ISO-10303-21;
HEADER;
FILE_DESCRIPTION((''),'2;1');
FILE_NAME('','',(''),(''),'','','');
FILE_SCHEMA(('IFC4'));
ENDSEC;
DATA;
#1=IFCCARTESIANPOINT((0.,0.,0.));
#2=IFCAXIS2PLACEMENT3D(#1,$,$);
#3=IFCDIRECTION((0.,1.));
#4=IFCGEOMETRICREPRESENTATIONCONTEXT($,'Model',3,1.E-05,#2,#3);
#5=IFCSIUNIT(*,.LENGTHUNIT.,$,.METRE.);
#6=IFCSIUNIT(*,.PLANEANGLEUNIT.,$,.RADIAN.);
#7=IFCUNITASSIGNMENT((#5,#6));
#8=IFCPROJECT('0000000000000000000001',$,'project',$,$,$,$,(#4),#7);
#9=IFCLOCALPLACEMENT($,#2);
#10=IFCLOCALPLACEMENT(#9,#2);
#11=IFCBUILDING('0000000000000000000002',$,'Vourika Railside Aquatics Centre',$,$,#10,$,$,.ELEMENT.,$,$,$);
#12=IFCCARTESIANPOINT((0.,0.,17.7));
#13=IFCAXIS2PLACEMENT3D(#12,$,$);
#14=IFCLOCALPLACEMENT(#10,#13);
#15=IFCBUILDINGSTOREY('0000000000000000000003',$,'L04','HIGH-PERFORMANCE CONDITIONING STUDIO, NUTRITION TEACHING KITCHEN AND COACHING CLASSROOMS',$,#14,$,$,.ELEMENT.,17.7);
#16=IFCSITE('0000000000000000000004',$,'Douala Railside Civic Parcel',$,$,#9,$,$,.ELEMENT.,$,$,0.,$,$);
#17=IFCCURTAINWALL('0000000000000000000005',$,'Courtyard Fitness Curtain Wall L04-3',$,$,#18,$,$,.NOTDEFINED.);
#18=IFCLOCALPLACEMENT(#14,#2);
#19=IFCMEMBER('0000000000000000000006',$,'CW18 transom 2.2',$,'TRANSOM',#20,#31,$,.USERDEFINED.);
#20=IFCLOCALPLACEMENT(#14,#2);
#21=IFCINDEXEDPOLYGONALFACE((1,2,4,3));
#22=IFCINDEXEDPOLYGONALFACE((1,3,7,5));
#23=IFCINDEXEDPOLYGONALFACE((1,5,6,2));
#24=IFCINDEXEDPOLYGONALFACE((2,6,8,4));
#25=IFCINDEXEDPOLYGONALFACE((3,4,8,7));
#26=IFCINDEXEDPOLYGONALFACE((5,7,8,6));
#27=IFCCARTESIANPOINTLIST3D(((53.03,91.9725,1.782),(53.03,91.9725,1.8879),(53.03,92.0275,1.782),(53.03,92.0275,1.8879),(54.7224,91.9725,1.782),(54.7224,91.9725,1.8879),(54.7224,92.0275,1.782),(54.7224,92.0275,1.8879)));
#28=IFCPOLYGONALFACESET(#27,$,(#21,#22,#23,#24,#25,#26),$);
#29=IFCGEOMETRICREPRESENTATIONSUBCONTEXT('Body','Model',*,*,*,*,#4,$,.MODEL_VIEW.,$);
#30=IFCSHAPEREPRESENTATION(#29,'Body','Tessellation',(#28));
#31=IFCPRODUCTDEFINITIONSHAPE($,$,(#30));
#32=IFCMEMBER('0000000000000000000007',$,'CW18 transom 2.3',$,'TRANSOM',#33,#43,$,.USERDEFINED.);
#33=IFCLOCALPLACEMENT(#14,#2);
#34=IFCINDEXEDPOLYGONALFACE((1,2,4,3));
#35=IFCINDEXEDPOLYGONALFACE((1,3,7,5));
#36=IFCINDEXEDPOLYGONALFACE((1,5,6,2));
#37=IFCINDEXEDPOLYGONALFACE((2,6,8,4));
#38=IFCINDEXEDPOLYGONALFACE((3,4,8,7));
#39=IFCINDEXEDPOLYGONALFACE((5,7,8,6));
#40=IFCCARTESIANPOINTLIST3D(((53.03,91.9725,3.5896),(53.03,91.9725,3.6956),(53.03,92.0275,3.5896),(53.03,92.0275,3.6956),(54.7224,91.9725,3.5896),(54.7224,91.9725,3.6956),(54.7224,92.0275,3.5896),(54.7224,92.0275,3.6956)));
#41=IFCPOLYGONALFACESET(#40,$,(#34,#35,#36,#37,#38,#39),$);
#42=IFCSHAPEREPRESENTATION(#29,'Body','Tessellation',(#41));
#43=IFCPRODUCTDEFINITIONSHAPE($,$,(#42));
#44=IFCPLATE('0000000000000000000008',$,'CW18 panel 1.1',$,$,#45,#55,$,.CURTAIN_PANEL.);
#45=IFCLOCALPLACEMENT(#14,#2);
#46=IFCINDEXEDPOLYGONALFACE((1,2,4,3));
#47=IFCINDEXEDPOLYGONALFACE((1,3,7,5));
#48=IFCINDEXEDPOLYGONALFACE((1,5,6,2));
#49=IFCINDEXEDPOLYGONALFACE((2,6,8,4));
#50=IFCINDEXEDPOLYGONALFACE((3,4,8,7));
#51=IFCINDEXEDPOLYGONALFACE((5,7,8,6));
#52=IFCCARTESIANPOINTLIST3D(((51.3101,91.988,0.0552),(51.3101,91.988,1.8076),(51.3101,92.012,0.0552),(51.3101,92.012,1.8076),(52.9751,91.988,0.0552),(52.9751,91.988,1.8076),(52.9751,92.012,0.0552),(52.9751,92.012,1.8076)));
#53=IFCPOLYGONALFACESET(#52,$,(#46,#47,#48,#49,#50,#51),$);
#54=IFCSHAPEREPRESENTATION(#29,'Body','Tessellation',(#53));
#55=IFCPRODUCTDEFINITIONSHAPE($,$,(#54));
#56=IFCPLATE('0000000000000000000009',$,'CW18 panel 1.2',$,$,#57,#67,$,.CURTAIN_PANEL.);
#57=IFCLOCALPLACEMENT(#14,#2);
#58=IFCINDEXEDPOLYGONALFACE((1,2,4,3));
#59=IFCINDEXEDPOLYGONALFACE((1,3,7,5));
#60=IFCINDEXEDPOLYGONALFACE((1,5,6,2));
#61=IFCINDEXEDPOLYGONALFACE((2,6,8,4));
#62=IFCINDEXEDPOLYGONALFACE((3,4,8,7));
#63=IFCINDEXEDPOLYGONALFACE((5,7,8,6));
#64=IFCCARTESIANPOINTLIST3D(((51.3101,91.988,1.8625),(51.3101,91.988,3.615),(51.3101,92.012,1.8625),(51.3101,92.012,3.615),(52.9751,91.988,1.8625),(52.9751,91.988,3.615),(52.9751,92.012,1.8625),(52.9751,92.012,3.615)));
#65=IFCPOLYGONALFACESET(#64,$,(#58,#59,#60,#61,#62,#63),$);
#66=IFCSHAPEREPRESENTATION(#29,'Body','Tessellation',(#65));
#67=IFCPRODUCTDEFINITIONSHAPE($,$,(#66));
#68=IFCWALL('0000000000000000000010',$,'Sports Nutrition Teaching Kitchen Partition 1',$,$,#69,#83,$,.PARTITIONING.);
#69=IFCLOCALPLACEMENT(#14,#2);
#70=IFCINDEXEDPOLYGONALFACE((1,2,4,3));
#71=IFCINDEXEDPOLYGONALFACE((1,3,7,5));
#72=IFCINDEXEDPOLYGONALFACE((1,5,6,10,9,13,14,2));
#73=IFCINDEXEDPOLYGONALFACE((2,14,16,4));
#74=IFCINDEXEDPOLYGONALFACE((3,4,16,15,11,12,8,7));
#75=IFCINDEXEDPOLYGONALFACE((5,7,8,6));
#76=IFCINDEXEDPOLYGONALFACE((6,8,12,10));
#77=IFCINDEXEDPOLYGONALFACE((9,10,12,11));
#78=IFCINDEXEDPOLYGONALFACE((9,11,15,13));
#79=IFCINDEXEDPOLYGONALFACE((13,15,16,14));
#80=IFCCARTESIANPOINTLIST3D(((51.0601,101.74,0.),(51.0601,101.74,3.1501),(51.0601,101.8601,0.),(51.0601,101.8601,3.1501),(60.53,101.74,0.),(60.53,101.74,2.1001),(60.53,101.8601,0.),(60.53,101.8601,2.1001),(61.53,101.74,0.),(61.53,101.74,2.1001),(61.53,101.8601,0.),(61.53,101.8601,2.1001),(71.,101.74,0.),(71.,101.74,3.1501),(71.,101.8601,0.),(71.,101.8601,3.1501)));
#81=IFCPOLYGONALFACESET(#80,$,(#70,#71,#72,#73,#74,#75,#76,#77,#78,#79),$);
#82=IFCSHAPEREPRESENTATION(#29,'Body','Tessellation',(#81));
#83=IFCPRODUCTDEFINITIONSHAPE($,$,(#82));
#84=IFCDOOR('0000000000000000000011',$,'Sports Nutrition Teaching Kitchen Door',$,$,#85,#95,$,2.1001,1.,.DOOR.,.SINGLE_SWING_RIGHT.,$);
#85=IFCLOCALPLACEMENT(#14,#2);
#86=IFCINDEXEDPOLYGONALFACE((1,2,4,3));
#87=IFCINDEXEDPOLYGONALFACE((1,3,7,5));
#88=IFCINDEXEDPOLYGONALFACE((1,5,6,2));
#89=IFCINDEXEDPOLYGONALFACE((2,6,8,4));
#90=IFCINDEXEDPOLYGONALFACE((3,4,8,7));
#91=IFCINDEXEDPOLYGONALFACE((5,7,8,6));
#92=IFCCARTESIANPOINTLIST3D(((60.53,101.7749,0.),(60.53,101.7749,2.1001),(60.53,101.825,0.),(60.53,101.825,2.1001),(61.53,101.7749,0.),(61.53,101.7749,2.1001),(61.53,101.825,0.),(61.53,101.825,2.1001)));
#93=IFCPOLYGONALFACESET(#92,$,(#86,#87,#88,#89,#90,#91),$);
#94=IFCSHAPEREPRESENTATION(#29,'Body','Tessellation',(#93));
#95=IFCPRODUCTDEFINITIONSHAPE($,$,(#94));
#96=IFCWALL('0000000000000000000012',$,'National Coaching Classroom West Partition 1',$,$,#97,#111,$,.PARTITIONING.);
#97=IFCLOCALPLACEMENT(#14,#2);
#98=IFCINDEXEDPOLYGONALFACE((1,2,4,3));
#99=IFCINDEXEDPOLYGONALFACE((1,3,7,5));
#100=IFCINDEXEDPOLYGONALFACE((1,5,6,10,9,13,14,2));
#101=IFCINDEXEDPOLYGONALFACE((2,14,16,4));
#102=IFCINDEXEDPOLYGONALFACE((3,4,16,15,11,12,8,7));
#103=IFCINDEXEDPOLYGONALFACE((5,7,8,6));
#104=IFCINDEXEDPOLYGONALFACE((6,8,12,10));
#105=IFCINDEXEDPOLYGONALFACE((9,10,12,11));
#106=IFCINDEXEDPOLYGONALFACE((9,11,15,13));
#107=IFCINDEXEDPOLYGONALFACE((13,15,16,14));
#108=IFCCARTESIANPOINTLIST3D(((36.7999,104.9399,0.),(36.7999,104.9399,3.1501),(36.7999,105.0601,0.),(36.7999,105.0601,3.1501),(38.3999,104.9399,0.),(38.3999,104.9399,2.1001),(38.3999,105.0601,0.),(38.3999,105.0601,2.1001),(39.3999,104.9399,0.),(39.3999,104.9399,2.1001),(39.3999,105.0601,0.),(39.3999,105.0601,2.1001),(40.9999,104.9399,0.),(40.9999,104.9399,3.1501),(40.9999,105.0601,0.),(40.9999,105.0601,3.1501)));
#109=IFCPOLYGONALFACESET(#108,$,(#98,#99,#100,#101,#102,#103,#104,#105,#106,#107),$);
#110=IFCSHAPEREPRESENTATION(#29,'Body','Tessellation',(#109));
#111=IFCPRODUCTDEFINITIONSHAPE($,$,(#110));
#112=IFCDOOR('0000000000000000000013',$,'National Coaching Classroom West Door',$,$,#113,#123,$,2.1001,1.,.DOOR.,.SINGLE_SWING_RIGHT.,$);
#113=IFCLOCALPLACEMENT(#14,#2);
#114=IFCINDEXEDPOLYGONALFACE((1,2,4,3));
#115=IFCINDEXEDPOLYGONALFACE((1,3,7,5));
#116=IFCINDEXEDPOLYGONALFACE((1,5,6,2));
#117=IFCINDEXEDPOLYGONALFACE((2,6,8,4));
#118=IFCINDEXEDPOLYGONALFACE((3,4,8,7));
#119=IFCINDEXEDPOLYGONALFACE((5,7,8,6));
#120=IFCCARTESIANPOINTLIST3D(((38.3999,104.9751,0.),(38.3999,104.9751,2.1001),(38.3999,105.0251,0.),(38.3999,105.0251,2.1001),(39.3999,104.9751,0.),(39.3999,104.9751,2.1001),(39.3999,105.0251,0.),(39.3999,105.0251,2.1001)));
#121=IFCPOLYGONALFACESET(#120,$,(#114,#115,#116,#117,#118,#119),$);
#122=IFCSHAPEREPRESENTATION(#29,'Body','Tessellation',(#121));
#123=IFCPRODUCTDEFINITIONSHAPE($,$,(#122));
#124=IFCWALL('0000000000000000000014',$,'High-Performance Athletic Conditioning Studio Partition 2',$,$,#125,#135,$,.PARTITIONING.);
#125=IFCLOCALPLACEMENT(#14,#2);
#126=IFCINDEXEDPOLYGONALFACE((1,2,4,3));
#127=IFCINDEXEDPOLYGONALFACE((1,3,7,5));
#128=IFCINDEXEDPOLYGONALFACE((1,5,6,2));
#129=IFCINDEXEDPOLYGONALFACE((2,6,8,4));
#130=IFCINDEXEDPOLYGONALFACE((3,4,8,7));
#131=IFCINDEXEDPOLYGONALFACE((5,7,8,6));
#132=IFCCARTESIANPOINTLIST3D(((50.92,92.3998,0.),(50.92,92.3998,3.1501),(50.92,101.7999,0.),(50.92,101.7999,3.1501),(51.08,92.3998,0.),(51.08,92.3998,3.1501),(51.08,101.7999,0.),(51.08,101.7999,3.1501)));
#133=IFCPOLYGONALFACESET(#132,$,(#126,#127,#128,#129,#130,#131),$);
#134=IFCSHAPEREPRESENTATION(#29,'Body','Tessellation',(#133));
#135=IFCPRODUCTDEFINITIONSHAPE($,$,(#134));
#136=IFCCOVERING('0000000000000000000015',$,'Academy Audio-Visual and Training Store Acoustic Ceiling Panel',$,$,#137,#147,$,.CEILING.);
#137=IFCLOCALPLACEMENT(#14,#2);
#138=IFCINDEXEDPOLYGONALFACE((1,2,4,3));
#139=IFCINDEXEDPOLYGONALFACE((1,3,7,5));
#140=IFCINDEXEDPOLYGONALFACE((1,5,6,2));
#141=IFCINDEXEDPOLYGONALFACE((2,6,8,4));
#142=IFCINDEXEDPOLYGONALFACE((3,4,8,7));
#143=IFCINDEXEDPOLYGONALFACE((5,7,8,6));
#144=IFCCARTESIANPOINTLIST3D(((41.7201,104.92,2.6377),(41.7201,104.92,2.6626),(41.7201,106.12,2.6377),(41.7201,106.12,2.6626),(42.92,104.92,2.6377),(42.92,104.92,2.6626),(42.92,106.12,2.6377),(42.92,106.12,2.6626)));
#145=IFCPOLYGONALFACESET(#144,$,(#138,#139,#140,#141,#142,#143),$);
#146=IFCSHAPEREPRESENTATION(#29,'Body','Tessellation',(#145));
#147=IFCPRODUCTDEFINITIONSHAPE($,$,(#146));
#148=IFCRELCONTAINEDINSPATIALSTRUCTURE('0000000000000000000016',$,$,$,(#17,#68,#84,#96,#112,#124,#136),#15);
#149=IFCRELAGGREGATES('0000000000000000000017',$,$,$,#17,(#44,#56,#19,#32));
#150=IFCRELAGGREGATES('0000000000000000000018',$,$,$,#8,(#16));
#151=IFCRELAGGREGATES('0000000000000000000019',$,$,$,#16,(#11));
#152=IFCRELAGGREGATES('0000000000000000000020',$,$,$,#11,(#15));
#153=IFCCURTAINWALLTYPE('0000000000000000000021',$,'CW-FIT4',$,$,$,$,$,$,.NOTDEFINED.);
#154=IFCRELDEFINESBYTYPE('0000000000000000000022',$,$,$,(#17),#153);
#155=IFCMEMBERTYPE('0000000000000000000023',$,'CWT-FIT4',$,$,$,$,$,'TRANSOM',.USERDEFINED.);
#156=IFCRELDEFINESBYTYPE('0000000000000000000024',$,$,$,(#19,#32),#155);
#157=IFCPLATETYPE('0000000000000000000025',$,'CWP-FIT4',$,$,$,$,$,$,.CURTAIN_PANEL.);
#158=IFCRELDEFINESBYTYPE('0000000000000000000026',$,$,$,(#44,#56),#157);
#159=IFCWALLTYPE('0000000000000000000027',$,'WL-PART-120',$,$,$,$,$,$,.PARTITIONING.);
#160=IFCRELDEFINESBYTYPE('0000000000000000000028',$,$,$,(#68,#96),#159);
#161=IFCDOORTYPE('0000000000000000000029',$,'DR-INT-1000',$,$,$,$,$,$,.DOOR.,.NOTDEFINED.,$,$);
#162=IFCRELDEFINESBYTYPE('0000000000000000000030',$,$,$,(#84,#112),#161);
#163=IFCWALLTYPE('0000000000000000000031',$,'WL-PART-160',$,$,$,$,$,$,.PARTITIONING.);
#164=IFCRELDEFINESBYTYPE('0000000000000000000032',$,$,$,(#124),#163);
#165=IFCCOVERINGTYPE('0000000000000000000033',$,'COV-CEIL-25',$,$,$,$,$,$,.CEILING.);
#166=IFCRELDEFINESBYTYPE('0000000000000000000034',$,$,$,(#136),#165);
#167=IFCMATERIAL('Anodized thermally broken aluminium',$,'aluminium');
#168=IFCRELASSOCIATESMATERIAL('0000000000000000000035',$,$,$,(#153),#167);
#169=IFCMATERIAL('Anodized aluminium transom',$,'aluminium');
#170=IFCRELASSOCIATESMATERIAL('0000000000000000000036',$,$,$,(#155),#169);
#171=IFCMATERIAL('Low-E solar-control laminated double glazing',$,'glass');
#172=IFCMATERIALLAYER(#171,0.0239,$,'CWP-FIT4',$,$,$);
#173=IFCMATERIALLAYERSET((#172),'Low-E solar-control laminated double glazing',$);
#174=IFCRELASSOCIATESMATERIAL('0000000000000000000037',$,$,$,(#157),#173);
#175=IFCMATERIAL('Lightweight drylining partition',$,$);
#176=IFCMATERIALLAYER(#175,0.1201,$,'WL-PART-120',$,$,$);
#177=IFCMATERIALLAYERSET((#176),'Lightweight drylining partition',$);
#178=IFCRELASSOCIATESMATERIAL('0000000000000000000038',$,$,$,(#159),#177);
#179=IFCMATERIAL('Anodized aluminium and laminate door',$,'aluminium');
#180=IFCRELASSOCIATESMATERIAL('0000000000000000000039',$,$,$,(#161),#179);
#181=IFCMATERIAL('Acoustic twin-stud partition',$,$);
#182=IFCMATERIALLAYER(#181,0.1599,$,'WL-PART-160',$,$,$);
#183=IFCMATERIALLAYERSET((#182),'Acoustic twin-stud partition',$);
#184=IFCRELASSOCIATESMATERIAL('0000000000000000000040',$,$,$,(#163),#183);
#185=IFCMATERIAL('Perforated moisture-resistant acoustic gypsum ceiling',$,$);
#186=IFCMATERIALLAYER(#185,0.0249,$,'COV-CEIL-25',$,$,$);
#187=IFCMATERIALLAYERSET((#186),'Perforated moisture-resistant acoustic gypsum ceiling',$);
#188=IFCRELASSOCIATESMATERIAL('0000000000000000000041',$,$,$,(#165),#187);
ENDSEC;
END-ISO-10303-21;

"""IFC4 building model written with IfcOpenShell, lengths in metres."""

from ifc_helpers import new_model, si_unit, direction, frame, frame_2d, origin, origin_2d, place, context, subcontext, project, spatial, rectangle, extrude, material, layer, layer_set, material_profile, profile_set, type_object, element, fill, aggregate, save


model = new_model("IFC4")

# Units and contexts
model_context = context("Model", 3, precision=1e-05, world=origin(), true_north=direction((0.0, 1.0)))
body_context = subcontext(model_context, "Body", "Model", "MODEL_VIEW")
ifc_project = project(units=[si_unit("LENGTHUNIT", "METRE"), si_unit("PLANEANGLEUNIT", "RADIAN")], contexts=[model_context])

# Site, building, storey
site_placement = place(None, origin())
site = spatial("IfcSite", under=ifc_project, at=site_placement, Name="Douala Railside Civic Parcel", CompositionType="ELEMENT", RefElevation=0.0)
building_placement = place(site_placement, origin())
building = spatial("IfcBuilding", under=site, at=building_placement, Name="Vourika Railside Aquatics Centre", CompositionType="ELEMENT")
storey_placement = place(building_placement, frame((0.0, 0.0, 17.7)))
storey = spatial("IfcBuildingStorey", under=building, at=storey_placement, Name="L04", Description="HIGH-PERFORMANCE CONDITIONING STUDIO, NUTRITION TEACHING KITCHEN AND COACHING CLASSROOMS", CompositionType="ELEMENT", Elevation=17.7)

# Curtain wall, members, plates
ifc_material_1 = material(Name="Anodized thermally broken aluminium", Category="aluminium")
curtain_wall_type = type_object("IfcCurtainWallType", Name="CW-FIT4", PredefinedType="NOTDEFINED", material=ifc_material_1)
curtain_wall_placement = place(storey_placement, origin())
curtain_wall = element("IfcCurtainWall", 1, at=curtain_wall_placement, inside=storey, type_object=curtain_wall_type, Name="Courtyard Fitness Curtain Wall L04-3", PredefinedType="NOTDEFINED")
ifc_material_2 = material(Name="Anodized aluminium transom", Category="aluminium")
ifc_material_profile_1 = material_profile(ifc_material_2, rectangle(XDim=0.0549, YDim=0.106, at=origin_2d()), Name="ALU-T 55x106")
ifc_profile_set_1 = profile_set([ifc_material_profile_1], Name="Anodized aluminium transom")
member_type_1 = type_object("IfcMemberType", Name="CWT-FIT4", ElementType="TRANSOM", PredefinedType="USERDEFINED", material=ifc_profile_set_1)
member_1_placement = place(storey_placement, frame((53.03, 92.0, 1.835), z_axis=(1.0, 0.0, 0.0), x_axis=(0.0, 1.0, 0.0)))
member_1 = element("IfcMember", 2, at=member_1_placement, type_object=member_type_1, Name="CW18 transom 2.2", ObjectType="TRANSOM", PredefinedType="USERDEFINED", context=body_context, shape_type="SweptSolid", body=[
    extrude(rectangle(XDim=0.0549, YDim=0.106, at=origin_2d()), origin(), (0.0, 0.0, 1.0), 1.6924),
])
member_2_placement = place(storey_placement, frame((53.03, 92.0, 3.6426), z_axis=(1.0, 0.0, 0.0), x_axis=(0.0, 1.0, 0.0)))
member_2 = element("IfcMember", 3, at=member_2_placement, type_object=member_type_1, Name="CW18 transom 2.3", ObjectType="TRANSOM", PredefinedType="USERDEFINED", context=body_context, shape_type="SweptSolid", body=[
    extrude(rectangle(XDim=0.0549, YDim=0.106, at=origin_2d()), origin(), (0.0, 0.0, 1.0), 1.6924),
])
ifc_material_3 = material(Name="Low-E solar-control laminated double glazing", Category="glass")
ifc_layer_1 = layer(ifc_material_3, 0.0239, Name="CWP-FIT4")
ifc_layer_set_1 = layer_set([ifc_layer_1], Name="Low-E solar-control laminated double glazing")
plate_type = type_object("IfcPlateType", Name="CWP-FIT4", PredefinedType="CURTAIN_PANEL", material=ifc_layer_set_1)
plate_1_placement = place(storey_placement, frame((52.1426, 92.0, 0.0552), z_axis=(0.0, 0.0, 1.0), x_axis=(1.0, 0.0, 0.0)))
plate_1 = element("IfcPlate", 4, at=plate_1_placement, type_object=plate_type, Name="CW18 panel 1.1", PredefinedType="CURTAIN_PANEL", context=body_context, shape_type="SweptSolid", body=[
    extrude(rectangle(XDim=1.665, YDim=0.0239, at=origin_2d()), origin(), (0.0, 0.0, 1.0), 1.7524),
])
plate_2_placement = place(storey_placement, frame((52.1426, 92.0, 1.8625), z_axis=(0.0, 0.0, 1.0), x_axis=(1.0, 0.0, 0.0)))
plate_2 = element("IfcPlate", 5, at=plate_2_placement, type_object=plate_type, Name="CW18 panel 1.2", PredefinedType="CURTAIN_PANEL", context=body_context, shape_type="SweptSolid", body=[
    extrude(rectangle(XDim=1.665, YDim=0.0239, at=origin_2d()), origin(), (0.0, 0.0, 1.0), 1.7524),
])
aggregate(curtain_wall, [plate_1, plate_2, member_1, member_2])

# Walls, openings, doors
ifc_material_4 = material(Name="Lightweight drylining partition")
ifc_layer_2 = layer(ifc_material_4, 0.1201, Name="WL-PART-120")
ifc_layer_set_2 = layer_set([ifc_layer_2], Name="Lightweight drylining partition")
wall_type_1 = type_object("IfcWallType", Name="WL-PART-120", PredefinedType="PARTITIONING", material=ifc_layer_set_2)
wall_1_placement = place(storey_placement, frame((51.0601, 101.8, 0.0), z_axis=(0.0, 0.0, 1.0), x_axis=(1.0, 0.0, 0.0)))
wall_1 = element("IfcWall", 6, at=wall_1_placement, inside=storey, type_object=wall_type_1, Name="Sports Nutrition Teaching Kitchen Partition 1", PredefinedType="PARTITIONING", context=body_context, shape_type="SweptSolid", body=[
    extrude(rectangle(XDim=19.9399, YDim=0.1201, at=frame_2d((9.97, 0.0))), origin(), (0.0, 0.0, 1.0), 3.1501),
])
opening_1_placement = place(wall_1_placement, frame((9.47, 0.0, 0.0)))
opening_1 = element("IfcOpeningElement", 7, at=opening_1_placement, cuts=wall_1, PredefinedType="OPENING", context=body_context, shape_type="SweptSolid", body=[
    extrude(rectangle(XDim=1.0, YDim=2.1001, at=frame_2d((0.5, 1.05))), frame((0.0, 0.0701, 0.0), z_axis=(0.0, -1.0, 0.0), x_axis=(1.0, 0.0, 0.0)), (0.0, 0.0, 1.0), 0.1401),
])
ifc_material_5 = material(Name="Anodized aluminium and laminate door", Category="aluminium")
door_type_1 = type_object("IfcDoorType", Name="DR-INT-1000", OperationType="NOTDEFINED", PredefinedType="DOOR", material=ifc_material_5)
door_1_placement = place(opening_1_placement, origin())
door_1 = element("IfcDoor", 8, at=door_1_placement, inside=storey, type_object=door_type_1, Name="Sports Nutrition Teaching Kitchen Door", OperationType="SINGLE_SWING_RIGHT", OverallHeight=2.1001, OverallWidth=1.0, PredefinedType="DOOR", context=body_context, shape_type="SweptSolid", body=[
    extrude(rectangle(XDim=1.0, YDim=2.1001, at=frame_2d((0.5, 1.05))), frame((0.0, 0.0249, 0.0), z_axis=(0.0, -1.0, 0.0), x_axis=(1.0, 0.0, 0.0)), (0.0, 0.0, 1.0), 0.05),
])
fill(opening_1, door_1)
wall_2_placement = place(storey_placement, frame((41.0, 105.0, 0.0), z_axis=(0.0, 0.0, 1.0), x_axis=(-1.0, 0.0, 0.0)))
wall_2 = element("IfcWall", 9, at=wall_2_placement, inside=storey, type_object=wall_type_1, Name="National Coaching Classroom West Partition 1", PredefinedType="PARTITIONING", context=body_context, shape_type="SweptSolid", body=[
    extrude(rectangle(XDim=4.2, YDim=0.1201, at=frame_2d((2.1001, 0.0))), origin(), (0.0, 0.0, 1.0), 3.1501),
])
opening_2_placement = place(wall_2_placement, frame((1.6001, 0.0, 0.0)))
opening_2 = element("IfcOpeningElement", 10, at=opening_2_placement, cuts=wall_2, PredefinedType="OPENING", context=body_context, shape_type="SweptSolid", body=[
    extrude(rectangle(XDim=1.0, YDim=2.1001, at=frame_2d((0.5, 1.05))), frame((0.0, 0.0701, 0.0), z_axis=(0.0, -1.0, 0.0), x_axis=(1.0, 0.0, 0.0)), (0.0, 0.0, 1.0), 0.1401),
])
door_2_placement = place(opening_2_placement, origin())
door_2 = element("IfcDoor", 11, at=door_2_placement, inside=storey, type_object=door_type_1, Name="National Coaching Classroom West Door", OperationType="SINGLE_SWING_RIGHT", OverallHeight=2.1001, OverallWidth=1.0, PredefinedType="DOOR", context=body_context, shape_type="SweptSolid", body=[
    extrude(rectangle(XDim=1.0, YDim=2.1001, at=frame_2d((0.5, 1.05))), frame((0.0, 0.0249, 0.0), z_axis=(0.0, -1.0, 0.0), x_axis=(1.0, 0.0, 0.0)), (0.0, 0.0, 1.0), 0.05),
])
fill(opening_2, door_2)

# Wall
ifc_material_6 = material(Name="Acoustic twin-stud partition")
ifc_layer_3 = layer(ifc_material_6, 0.1599, Name="WL-PART-160")
ifc_layer_set_3 = layer_set([ifc_layer_3], Name="Acoustic twin-stud partition")
wall_type_2 = type_object("IfcWallType", Name="WL-PART-160", PredefinedType="PARTITIONING", material=ifc_layer_set_3)
wall_3_placement = place(storey_placement, frame((51.0, 101.8, 0.0), z_axis=(0.0, 0.0, 1.0), x_axis=(0.0, -1.0, 0.0)))
element("IfcWall", 12, at=wall_3_placement, inside=storey, type_object=wall_type_2, Name="High-Performance Athletic Conditioning Studio Partition 2", PredefinedType="PARTITIONING", context=body_context, shape_type="SweptSolid", body=[
    extrude(rectangle(XDim=9.4001, YDim=0.1599, at=frame_2d((4.7002, 0.0))), origin(), (0.0, 0.0, 1.0), 3.1501),
])

# Covering
ifc_material_7 = material(Name="Perforated moisture-resistant acoustic gypsum ceiling")
ifc_layer_4 = layer(ifc_material_7, 0.0249, Name="COV-CEIL-25")
ifc_layer_set_4 = layer_set([ifc_layer_4], Name="Perforated moisture-resistant acoustic gypsum ceiling")
covering_type = type_object("IfcCoveringType", Name="COV-CEIL-25", PredefinedType="CEILING", material=ifc_layer_set_4)
covering_placement = place(storey_placement, frame((42.3201, 105.52, 2.6377), z_axis=(0.0, 0.0, 1.0), x_axis=(1.0, 0.0, 0.0)))
element("IfcCovering", 13, at=covering_placement, inside=storey, type_object=covering_type, Name="Academy Audio-Visual and Training Store Acoustic Ceiling Panel", PredefinedType="CEILING", context=body_context, shape_type="SweptSolid", body=[
    extrude(rectangle(XDim=1.2, YDim=1.2, at=origin_2d()), origin(), (0.0, 0.0, 1.0), 0.0249),
])

save(model, "model.ifc")
